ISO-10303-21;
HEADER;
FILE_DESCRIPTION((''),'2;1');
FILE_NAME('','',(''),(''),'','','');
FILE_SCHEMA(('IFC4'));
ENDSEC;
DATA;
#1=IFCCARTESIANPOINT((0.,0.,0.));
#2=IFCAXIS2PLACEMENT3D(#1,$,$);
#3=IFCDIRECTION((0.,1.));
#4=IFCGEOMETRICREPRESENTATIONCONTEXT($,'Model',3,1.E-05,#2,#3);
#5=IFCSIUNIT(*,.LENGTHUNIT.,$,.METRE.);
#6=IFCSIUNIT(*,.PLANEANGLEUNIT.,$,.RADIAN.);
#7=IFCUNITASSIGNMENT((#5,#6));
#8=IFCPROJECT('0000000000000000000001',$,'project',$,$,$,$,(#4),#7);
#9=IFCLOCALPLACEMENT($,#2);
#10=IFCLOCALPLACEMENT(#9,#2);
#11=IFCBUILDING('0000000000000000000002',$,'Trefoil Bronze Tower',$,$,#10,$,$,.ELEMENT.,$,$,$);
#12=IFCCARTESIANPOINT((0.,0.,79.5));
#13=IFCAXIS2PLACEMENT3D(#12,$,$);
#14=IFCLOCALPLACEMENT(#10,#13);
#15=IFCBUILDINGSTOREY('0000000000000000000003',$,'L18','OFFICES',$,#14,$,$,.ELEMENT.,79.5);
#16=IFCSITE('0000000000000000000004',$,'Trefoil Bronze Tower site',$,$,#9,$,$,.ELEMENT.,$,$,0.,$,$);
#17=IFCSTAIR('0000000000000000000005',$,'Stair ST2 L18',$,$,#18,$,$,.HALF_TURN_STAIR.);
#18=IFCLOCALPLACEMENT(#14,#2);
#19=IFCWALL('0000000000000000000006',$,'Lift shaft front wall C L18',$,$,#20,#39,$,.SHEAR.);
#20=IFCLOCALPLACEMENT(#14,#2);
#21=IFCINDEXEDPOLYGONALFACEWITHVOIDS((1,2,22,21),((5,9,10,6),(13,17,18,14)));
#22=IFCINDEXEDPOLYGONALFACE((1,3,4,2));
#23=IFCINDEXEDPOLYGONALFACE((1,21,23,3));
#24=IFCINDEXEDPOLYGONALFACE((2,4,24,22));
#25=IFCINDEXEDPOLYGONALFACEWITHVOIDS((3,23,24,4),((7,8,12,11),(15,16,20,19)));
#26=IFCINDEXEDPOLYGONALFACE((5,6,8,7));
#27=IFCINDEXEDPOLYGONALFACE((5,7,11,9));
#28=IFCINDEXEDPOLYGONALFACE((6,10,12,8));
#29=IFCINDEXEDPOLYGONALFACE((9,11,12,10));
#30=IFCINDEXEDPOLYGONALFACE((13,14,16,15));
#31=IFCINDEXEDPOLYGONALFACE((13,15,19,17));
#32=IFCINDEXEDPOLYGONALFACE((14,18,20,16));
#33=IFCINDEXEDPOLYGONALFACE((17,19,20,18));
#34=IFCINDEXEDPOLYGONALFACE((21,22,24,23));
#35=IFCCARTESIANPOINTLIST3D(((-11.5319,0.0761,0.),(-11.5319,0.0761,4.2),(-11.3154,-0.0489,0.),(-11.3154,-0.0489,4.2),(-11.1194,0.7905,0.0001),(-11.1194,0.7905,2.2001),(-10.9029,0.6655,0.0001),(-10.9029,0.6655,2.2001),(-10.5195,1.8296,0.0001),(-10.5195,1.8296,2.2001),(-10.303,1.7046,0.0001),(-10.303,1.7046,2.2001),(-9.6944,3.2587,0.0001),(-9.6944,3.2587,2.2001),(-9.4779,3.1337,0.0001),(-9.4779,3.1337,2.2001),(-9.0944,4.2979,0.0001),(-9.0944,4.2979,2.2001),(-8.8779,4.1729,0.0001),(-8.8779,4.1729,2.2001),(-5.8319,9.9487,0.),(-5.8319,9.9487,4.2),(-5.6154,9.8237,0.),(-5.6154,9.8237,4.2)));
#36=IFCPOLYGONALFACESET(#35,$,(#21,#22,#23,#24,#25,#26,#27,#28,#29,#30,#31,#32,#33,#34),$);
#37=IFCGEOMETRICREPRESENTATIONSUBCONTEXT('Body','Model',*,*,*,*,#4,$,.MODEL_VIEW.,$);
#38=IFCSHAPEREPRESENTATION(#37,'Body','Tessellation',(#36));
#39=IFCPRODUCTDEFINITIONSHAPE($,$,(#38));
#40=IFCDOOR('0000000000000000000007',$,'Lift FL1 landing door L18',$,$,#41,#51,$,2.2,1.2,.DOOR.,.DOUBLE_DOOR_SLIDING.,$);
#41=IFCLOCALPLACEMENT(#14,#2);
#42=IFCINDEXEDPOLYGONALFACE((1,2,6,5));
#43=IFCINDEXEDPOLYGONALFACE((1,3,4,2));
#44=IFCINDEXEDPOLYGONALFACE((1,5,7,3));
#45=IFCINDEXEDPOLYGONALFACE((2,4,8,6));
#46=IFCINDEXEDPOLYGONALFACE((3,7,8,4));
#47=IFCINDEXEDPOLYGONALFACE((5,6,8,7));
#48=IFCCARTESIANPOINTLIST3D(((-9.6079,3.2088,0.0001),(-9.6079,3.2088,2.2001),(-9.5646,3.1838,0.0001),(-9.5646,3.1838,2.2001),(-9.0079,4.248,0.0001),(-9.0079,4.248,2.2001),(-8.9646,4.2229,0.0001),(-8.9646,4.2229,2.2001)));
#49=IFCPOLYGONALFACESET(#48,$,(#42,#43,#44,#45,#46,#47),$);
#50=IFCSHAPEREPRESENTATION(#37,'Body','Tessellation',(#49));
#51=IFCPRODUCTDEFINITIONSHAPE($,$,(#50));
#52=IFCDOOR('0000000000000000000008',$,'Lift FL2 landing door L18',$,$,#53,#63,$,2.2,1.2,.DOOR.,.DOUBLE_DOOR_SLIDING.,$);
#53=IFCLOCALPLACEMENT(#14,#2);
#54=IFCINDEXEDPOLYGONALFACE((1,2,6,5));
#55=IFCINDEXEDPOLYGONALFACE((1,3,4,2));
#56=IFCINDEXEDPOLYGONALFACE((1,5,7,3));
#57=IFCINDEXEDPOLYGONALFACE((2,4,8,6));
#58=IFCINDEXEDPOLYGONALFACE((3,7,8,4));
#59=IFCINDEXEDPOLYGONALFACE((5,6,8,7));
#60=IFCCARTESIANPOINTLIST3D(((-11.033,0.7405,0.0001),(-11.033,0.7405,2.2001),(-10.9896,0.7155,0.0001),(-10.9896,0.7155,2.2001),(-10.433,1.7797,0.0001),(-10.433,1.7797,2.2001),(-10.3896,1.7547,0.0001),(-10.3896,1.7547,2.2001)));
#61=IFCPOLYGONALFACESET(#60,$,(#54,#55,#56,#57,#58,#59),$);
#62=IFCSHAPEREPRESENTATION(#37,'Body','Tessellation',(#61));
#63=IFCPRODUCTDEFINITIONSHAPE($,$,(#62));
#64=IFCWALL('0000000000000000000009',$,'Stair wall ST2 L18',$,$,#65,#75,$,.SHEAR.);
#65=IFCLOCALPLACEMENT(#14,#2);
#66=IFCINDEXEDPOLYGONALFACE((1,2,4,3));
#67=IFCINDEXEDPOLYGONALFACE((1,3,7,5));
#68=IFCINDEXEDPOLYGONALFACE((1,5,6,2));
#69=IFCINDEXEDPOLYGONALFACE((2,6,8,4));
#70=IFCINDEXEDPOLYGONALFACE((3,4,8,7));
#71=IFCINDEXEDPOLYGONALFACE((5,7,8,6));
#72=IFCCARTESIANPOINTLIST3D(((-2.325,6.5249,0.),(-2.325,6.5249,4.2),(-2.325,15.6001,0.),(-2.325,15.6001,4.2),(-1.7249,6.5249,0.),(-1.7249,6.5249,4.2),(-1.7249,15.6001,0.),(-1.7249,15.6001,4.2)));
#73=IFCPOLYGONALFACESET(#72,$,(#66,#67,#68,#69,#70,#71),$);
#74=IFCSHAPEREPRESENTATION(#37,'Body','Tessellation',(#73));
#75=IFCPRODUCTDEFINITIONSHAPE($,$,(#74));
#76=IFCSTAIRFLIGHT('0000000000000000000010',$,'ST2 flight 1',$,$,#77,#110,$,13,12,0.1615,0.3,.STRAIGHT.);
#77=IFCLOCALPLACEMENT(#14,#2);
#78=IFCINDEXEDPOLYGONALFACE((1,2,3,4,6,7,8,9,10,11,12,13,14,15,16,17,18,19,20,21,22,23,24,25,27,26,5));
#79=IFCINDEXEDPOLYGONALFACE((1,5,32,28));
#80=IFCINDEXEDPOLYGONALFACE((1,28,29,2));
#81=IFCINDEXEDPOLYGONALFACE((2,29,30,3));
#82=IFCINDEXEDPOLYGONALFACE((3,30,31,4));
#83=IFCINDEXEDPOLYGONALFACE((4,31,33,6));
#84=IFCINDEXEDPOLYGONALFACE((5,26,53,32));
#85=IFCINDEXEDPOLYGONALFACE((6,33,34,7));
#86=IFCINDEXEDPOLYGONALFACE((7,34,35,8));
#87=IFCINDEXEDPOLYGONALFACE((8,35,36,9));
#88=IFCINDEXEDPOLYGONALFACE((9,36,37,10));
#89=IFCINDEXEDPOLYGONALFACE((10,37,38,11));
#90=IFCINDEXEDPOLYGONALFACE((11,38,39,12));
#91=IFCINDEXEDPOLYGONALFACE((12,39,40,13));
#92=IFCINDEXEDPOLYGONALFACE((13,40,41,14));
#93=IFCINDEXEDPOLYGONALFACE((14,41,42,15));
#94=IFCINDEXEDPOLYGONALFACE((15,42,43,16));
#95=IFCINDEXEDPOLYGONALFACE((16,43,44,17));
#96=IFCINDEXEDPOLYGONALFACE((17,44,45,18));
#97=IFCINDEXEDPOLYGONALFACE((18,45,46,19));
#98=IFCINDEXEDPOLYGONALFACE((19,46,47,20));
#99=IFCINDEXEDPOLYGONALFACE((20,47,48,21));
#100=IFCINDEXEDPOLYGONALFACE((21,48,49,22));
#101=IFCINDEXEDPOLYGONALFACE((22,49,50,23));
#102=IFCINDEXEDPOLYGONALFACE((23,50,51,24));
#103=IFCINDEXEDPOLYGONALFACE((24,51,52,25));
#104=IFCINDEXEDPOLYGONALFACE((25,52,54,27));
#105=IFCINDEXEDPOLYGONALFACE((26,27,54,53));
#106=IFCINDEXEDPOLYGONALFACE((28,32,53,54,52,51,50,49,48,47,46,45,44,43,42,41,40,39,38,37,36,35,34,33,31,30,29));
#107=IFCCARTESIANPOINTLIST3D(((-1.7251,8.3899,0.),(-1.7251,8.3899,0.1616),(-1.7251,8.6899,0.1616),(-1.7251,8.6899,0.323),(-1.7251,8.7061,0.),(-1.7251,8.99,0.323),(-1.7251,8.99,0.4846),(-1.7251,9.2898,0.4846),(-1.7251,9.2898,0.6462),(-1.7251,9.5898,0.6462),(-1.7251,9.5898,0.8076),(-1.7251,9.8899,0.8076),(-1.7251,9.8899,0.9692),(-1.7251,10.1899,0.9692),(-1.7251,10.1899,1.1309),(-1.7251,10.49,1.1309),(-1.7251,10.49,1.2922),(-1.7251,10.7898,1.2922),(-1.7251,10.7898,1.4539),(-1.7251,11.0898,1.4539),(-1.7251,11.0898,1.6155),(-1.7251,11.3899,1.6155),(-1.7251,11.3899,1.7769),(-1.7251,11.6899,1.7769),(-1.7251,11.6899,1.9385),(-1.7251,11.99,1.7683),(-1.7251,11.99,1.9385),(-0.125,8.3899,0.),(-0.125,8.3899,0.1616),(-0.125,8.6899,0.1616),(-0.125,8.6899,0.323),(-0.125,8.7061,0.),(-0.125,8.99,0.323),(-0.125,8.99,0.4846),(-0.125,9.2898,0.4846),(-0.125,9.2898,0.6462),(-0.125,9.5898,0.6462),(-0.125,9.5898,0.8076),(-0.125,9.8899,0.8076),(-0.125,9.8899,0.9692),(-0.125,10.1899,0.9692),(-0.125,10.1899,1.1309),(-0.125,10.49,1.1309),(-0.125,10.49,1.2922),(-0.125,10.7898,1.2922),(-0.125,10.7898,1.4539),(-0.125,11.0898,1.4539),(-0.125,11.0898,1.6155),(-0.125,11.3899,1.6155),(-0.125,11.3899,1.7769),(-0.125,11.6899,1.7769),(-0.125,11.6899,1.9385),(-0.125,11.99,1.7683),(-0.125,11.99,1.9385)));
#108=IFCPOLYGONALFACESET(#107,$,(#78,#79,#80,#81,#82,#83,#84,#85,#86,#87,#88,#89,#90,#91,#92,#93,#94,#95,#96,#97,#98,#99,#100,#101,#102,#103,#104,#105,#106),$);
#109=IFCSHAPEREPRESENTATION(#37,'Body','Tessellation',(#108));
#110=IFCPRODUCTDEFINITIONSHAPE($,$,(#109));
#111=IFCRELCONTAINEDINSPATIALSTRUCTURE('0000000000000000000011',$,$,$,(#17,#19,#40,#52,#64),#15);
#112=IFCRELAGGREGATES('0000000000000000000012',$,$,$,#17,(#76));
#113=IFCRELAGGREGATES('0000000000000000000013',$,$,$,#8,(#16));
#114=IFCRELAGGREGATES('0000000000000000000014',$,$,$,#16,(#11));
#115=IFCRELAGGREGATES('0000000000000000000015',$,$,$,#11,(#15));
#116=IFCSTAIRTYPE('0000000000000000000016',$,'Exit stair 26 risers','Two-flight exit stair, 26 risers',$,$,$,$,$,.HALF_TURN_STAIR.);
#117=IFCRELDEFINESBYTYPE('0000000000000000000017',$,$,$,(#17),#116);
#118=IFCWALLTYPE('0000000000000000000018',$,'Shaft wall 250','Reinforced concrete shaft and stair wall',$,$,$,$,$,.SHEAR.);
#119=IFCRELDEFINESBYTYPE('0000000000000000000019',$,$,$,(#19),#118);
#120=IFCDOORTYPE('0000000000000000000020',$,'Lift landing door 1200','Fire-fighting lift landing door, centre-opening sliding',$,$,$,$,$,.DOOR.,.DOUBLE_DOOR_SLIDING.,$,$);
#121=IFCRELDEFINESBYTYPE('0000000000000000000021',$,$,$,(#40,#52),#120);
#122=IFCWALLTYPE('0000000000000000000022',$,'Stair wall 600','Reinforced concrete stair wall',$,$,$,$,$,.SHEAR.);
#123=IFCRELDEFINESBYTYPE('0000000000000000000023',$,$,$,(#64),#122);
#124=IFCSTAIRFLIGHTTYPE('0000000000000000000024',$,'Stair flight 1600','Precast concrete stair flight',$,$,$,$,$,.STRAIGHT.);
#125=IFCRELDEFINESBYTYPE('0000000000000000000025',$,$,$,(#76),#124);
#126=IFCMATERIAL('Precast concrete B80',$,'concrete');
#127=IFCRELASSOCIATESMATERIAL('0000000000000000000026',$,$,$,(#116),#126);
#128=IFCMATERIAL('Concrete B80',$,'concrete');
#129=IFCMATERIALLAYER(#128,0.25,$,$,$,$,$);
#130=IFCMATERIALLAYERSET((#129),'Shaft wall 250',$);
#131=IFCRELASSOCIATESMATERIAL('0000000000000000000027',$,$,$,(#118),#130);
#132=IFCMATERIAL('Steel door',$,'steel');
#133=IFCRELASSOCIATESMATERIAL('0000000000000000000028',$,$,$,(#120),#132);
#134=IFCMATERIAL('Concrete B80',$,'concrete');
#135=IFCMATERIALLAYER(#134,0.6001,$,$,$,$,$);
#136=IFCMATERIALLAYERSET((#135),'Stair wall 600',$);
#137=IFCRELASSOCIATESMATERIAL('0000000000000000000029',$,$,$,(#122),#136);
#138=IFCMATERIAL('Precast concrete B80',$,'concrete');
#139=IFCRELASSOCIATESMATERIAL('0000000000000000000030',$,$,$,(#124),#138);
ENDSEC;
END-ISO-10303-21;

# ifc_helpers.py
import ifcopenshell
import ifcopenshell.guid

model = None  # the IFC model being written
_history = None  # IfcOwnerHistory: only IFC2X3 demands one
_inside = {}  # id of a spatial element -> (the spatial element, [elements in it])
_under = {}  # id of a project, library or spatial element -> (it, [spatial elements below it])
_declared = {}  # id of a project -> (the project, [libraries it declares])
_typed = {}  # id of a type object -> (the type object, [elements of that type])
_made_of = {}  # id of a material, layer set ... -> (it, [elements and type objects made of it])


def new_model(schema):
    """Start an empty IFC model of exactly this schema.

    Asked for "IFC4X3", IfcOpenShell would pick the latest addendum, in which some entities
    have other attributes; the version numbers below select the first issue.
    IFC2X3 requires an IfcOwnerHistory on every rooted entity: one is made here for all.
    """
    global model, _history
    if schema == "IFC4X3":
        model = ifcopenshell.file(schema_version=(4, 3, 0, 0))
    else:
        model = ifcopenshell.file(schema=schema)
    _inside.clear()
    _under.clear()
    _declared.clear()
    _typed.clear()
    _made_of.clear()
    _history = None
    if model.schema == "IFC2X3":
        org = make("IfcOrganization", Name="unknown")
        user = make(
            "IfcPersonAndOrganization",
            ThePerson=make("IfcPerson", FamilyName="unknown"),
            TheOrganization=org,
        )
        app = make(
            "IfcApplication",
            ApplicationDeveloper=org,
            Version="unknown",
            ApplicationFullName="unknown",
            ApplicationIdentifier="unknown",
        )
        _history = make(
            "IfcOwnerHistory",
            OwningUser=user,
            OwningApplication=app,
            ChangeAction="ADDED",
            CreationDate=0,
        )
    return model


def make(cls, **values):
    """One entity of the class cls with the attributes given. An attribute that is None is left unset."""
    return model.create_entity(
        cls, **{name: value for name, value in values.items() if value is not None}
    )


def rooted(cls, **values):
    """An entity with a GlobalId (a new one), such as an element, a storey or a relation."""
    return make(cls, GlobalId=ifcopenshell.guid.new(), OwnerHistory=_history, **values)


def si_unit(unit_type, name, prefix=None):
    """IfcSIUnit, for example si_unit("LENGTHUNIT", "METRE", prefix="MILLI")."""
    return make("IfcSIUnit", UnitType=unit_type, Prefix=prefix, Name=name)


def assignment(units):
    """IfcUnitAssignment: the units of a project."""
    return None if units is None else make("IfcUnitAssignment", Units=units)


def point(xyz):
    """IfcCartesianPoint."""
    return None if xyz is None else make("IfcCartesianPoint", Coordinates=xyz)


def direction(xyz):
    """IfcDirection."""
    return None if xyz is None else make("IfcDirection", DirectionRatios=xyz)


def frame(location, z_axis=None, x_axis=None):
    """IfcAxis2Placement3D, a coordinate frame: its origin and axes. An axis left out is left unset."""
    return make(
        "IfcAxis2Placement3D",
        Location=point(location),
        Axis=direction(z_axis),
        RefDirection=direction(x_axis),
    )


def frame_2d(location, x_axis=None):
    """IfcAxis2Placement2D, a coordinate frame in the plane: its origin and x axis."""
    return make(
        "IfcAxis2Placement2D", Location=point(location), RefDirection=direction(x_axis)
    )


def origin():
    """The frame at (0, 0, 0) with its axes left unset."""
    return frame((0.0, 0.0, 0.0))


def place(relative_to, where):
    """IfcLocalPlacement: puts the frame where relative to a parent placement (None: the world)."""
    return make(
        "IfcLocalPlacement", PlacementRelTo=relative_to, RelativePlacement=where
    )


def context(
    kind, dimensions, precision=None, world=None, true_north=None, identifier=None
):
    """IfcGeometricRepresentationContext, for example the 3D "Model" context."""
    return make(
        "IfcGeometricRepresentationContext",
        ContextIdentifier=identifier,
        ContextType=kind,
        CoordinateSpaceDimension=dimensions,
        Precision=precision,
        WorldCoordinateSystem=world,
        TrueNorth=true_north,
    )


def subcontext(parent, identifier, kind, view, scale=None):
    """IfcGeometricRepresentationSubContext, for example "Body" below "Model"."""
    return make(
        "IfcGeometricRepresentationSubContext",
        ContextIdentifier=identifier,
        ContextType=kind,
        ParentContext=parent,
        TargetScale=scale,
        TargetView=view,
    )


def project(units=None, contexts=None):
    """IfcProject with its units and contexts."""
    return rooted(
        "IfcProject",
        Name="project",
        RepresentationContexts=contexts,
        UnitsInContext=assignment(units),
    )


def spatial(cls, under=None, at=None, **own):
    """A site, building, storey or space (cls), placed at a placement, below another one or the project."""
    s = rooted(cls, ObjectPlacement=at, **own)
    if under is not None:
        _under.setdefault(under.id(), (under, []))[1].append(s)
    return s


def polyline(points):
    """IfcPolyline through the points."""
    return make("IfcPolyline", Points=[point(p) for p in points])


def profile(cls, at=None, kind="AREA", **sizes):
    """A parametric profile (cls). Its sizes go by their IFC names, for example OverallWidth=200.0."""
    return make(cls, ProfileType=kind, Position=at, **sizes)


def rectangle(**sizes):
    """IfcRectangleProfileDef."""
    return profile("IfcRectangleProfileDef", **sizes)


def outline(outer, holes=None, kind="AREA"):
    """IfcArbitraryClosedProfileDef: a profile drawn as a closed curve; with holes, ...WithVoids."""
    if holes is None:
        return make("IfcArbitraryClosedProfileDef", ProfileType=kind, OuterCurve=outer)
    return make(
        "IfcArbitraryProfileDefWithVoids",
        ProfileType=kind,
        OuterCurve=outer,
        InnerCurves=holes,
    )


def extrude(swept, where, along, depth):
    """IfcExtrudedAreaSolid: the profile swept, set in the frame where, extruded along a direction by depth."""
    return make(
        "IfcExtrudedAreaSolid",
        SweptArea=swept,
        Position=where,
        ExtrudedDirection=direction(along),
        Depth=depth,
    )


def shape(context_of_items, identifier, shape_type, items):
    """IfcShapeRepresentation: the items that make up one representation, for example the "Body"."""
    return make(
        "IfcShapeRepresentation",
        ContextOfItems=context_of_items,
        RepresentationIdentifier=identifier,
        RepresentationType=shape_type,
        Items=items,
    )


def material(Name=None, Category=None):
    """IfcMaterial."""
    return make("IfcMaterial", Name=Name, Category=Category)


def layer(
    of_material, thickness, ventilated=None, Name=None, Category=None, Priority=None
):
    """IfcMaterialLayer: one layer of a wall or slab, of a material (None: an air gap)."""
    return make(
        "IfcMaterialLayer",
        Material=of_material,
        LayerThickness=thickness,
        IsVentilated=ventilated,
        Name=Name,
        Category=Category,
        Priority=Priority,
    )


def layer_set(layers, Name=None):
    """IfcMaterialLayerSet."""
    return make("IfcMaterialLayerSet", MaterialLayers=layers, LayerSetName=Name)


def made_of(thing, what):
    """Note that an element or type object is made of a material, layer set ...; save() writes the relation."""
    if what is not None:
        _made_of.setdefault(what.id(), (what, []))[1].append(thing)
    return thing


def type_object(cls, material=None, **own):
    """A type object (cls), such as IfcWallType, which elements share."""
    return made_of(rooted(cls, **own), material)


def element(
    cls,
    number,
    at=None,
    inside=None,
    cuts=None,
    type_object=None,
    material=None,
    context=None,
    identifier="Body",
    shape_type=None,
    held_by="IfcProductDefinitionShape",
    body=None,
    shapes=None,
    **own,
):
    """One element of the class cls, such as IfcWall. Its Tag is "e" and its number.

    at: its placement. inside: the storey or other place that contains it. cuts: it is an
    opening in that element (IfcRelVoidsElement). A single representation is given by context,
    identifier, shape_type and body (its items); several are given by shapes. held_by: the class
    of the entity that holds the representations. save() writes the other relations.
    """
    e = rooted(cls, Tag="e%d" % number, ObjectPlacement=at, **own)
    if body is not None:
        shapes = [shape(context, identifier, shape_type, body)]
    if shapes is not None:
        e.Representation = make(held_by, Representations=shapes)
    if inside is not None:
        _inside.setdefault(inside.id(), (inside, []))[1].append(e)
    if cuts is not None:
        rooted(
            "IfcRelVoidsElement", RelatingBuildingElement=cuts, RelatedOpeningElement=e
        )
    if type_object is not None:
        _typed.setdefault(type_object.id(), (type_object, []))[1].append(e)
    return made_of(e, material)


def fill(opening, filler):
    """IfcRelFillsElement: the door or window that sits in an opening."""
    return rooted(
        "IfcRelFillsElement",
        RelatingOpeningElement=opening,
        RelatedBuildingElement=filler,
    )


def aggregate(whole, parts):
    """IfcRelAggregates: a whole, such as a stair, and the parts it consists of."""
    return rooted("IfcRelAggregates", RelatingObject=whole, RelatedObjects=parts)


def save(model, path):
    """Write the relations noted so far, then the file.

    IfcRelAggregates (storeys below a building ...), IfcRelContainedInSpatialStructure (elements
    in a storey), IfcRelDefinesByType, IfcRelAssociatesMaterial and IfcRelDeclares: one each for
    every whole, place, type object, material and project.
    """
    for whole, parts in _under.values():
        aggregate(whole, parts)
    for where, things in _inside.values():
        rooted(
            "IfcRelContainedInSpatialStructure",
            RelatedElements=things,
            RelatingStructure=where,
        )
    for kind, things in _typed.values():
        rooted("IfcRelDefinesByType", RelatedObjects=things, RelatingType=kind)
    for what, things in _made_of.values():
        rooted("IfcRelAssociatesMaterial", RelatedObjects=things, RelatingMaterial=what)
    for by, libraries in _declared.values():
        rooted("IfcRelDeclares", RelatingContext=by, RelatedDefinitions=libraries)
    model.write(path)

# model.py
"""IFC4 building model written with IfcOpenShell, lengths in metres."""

from ifc_helpers import new_model, si_unit, direction, frame, frame_2d, origin, place, context, subcontext, project, spatial, polyline, rectangle, outline, extrude, material, layer, layer_set, type_object, element, fill, aggregate, save


model = new_model("IFC4")

# Units and contexts
model_context = context("Model", 3, precision=1e-05, world=origin(), true_north=direction((0.0, 1.0)))
body_context = subcontext(model_context, "Body", "Model", "MODEL_VIEW")
ifc_project = project(units=[si_unit("LENGTHUNIT", "METRE"), si_unit("PLANEANGLEUNIT", "RADIAN")], contexts=[model_context])

# Site, building, storey
site_placement = place(None, origin())
site = spatial("IfcSite", under=ifc_project, at=site_placement, Name="Trefoil Bronze Tower site", CompositionType="ELEMENT", RefElevation=0.0)
building_placement = place(site_placement, origin())
building = spatial("IfcBuilding", under=site, at=building_placement, Name="Trefoil Bronze Tower", CompositionType="ELEMENT")
storey_placement = place(building_placement, frame((0.0, 0.0, 79.5)))
storey = spatial("IfcBuildingStorey", under=building, at=storey_placement, Name="L18", Description="OFFICES", CompositionType="ELEMENT", Elevation=79.5)

# Stair
ifc_material_1 = material(Name="Precast concrete B80", Category="concrete")
stair_type = type_object("IfcStairType", Name="Exit stair 26 risers", Description="Two-flight exit stair, 26 risers", PredefinedType="HALF_TURN_STAIR", material=ifc_material_1)
stair_1_placement = place(storey_placement, origin())
stair_1 = element("IfcStair", 1, at=stair_1_placement, inside=storey, type_object=stair_type, Name="Stair ST2 L18", PredefinedType="HALF_TURN_STAIR")

# Wall, openings, doors
ifc_material_2 = material(Name="Concrete B80", Category="concrete")
ifc_layer_1 = layer(ifc_material_2, 0.25)
ifc_layer_set_1 = layer_set([ifc_layer_1], Name="Shaft wall 250")
wall_type_1 = type_object("IfcWallType", Name="Shaft wall 250", Description="Reinforced concrete shaft and stair wall", PredefinedType="SHEAR", material=ifc_layer_set_1)
wall_1_placement = place(storey_placement, frame((-5.7236, 9.8862, 0.0), z_axis=(0.0, 0.0, 1.0), x_axis=(-0.500002, -0.866024, 0.0)))
wall_1 = element("IfcWall", 2, at=wall_1_placement, inside=storey, type_object=wall_type_1, Name="Lift shaft front wall C L18", PredefinedType="SHEAR", context=body_context, shape_type="SweptSolid", body=[
    extrude(rectangle(XDim=11.3999, YDim=0.25, at=frame_2d((5.7, 0.0))), origin(), (0.0, 0.0, 1.0), 4.2),
])
opening_1_placement = place(wall_1_placement, frame((6.5249, 0.0, 0.0)))
opening_1 = element("IfcOpeningElement", 3, at=opening_1_placement, cuts=wall_1, PredefinedType="OPENING", context=body_context, shape_type="SweptSolid", body=[
    extrude(rectangle(XDim=1.2, YDim=2.2, at=frame_2d((0.6001, 1.1001))), frame((0.0, 0.135, 0.0), z_axis=(0.0, -1.0, 0.0), x_axis=(1.0, 0.0, 0.0)), (0.0, 0.0, 1.0), 0.27),
])
opening_2_placement = place(wall_1_placement, frame((9.375, 0.0, 0.0)))
opening_2 = element("IfcOpeningElement", 4, at=opening_2_placement, cuts=wall_1, PredefinedType="OPENING", context=body_context, shape_type="SweptSolid", body=[
    extrude(rectangle(XDim=1.2, YDim=2.2, at=frame_2d((0.6001, 1.1001))), frame((0.0, 0.135, 0.0), z_axis=(0.0, -1.0, 0.0), x_axis=(1.0, 0.0, 0.0)), (0.0, 0.0, 1.0), 0.27),
])
ifc_material_3 = material(Name="Steel door", Category="steel")
door_type_1 = type_object("IfcDoorType", Name="Lift landing door 1200", Description="Fire-fighting lift landing door, centre-opening sliding", OperationType="DOUBLE_DOOR_SLIDING", PredefinedType="DOOR", material=ifc_material_3)
door_1_placement = place(opening_1_placement, origin())
door_1 = element("IfcDoor", 5, at=door_1_placement, inside=storey, type_object=door_type_1, Name="Lift FL1 landing door L18", OperationType="DOUBLE_DOOR_SLIDING", OverallHeight=2.2, OverallWidth=1.2, PredefinedType="DOOR", context=body_context, shape_type="SweptSolid", body=[
    extrude(rectangle(XDim=1.2, YDim=2.2, at=frame_2d((0.6001, 1.1001))), frame((0.0, 0.0249, 0.0), z_axis=(0.0, -1.0, 0.0), x_axis=(1.0, 0.0, 0.0)), (0.0, 0.0, 1.0), 0.05),
])
fill(opening_1, door_1)
door_2_placement = place(opening_2_placement, origin())
door_2 = element("IfcDoor", 6, at=door_2_placement, inside=storey, type_object=door_type_1, Name="Lift FL2 landing door L18", OperationType="DOUBLE_DOOR_SLIDING", OverallHeight=2.2, OverallWidth=1.2, PredefinedType="DOOR", context=body_context, shape_type="SweptSolid", body=[
    extrude(rectangle(XDim=1.2, YDim=2.2, at=frame_2d((0.6001, 1.1001))), frame((0.0, 0.0249, 0.0), z_axis=(0.0, -1.0, 0.0), x_axis=(1.0, 0.0, 0.0)), (0.0, 0.0, 1.0), 0.05),
])
fill(opening_2, door_2)

# Wall
ifc_material_4 = material(Name="Concrete B80", Category="concrete")
ifc_layer_2 = layer(ifc_material_4, 0.6001)
ifc_layer_set_2 = layer_set([ifc_layer_2], Name="Stair wall 600")
wall_type_2 = type_object("IfcWallType", Name="Stair wall 600", Description="Reinforced concrete stair wall", PredefinedType="SHEAR", material=ifc_layer_set_2)
wall_2_placement = place(storey_placement, frame((-2.0249, 6.5249, 0.0), z_axis=(0.0, 0.0, 1.0), x_axis=(0.0, 1.0, 0.0)))
element("IfcWall", 7, at=wall_2_placement, inside=storey, type_object=wall_type_2, Name="Stair wall ST2 L18", PredefinedType="SHEAR", context=body_context, shape_type="SweptSolid", body=[
    extrude(rectangle(XDim=9.0752, YDim=0.6001, at=frame_2d((4.5376, 0.0))), origin(), (0.0, 0.0, 1.0), 4.2),
])

# Stair flight
ifc_material_5 = material(Name="Precast concrete B80", Category="concrete")
stair_flight_type = type_object("IfcStairFlightType", Name="Stair flight 1600", Description="Precast concrete stair flight", PredefinedType="STRAIGHT", material=ifc_material_5)
stair_flight_placement = place(storey_placement, frame((-0.925, 8.3899, 0.0), z_axis=(0.0, 0.0, 1.0), x_axis=(0.0, 1.0, 0.0)))
stair_flight = element("IfcStairFlight", 8, at=stair_flight_placement, type_object=stair_flight_type, Name="ST2 flight 1", NumberOfRisers=13, NumberOfTreads=12, PredefinedType="STRAIGHT", RiserHeight=0.1615, TreadLength=0.3, context=body_context, shape_type="SweptSolid", body=[
    extrude(outline(polyline([(0.0, 0.0), (0.0, 0.1616), (0.3, 0.1616), (0.3, 0.323), (0.6001, 0.323), (0.6001, 0.4846), (0.8999, 0.4846), (0.8999, 0.6462), (1.2, 0.6462), (1.2, 0.8076), (1.5, 0.8076), (1.5, 0.9692), (1.8, 0.9692), (1.8, 1.1309), (2.1001, 1.1309), (2.1001, 1.2922), (2.3999, 1.2922), (2.3999, 1.4539), (2.7, 1.4539), (2.7, 1.6155), (3.0, 1.6155), (3.0, 1.7769), (3.3, 1.7769), (3.3, 1.9385), (3.6001, 1.9385), (3.6001, 2.1001), (3.6001, 1.7683), (0.3162, 0.0), (0.0, 0.0)])), frame((0.0, 0.8, 0.0), z_axis=(0.0, -1.0, 0.0), x_axis=(1.0, 0.0, 0.0)), (0.0, 0.0, 1.0), 1.6001),
])
aggregate(stair_1, [stair_flight])

save(model, "model.ifc")
